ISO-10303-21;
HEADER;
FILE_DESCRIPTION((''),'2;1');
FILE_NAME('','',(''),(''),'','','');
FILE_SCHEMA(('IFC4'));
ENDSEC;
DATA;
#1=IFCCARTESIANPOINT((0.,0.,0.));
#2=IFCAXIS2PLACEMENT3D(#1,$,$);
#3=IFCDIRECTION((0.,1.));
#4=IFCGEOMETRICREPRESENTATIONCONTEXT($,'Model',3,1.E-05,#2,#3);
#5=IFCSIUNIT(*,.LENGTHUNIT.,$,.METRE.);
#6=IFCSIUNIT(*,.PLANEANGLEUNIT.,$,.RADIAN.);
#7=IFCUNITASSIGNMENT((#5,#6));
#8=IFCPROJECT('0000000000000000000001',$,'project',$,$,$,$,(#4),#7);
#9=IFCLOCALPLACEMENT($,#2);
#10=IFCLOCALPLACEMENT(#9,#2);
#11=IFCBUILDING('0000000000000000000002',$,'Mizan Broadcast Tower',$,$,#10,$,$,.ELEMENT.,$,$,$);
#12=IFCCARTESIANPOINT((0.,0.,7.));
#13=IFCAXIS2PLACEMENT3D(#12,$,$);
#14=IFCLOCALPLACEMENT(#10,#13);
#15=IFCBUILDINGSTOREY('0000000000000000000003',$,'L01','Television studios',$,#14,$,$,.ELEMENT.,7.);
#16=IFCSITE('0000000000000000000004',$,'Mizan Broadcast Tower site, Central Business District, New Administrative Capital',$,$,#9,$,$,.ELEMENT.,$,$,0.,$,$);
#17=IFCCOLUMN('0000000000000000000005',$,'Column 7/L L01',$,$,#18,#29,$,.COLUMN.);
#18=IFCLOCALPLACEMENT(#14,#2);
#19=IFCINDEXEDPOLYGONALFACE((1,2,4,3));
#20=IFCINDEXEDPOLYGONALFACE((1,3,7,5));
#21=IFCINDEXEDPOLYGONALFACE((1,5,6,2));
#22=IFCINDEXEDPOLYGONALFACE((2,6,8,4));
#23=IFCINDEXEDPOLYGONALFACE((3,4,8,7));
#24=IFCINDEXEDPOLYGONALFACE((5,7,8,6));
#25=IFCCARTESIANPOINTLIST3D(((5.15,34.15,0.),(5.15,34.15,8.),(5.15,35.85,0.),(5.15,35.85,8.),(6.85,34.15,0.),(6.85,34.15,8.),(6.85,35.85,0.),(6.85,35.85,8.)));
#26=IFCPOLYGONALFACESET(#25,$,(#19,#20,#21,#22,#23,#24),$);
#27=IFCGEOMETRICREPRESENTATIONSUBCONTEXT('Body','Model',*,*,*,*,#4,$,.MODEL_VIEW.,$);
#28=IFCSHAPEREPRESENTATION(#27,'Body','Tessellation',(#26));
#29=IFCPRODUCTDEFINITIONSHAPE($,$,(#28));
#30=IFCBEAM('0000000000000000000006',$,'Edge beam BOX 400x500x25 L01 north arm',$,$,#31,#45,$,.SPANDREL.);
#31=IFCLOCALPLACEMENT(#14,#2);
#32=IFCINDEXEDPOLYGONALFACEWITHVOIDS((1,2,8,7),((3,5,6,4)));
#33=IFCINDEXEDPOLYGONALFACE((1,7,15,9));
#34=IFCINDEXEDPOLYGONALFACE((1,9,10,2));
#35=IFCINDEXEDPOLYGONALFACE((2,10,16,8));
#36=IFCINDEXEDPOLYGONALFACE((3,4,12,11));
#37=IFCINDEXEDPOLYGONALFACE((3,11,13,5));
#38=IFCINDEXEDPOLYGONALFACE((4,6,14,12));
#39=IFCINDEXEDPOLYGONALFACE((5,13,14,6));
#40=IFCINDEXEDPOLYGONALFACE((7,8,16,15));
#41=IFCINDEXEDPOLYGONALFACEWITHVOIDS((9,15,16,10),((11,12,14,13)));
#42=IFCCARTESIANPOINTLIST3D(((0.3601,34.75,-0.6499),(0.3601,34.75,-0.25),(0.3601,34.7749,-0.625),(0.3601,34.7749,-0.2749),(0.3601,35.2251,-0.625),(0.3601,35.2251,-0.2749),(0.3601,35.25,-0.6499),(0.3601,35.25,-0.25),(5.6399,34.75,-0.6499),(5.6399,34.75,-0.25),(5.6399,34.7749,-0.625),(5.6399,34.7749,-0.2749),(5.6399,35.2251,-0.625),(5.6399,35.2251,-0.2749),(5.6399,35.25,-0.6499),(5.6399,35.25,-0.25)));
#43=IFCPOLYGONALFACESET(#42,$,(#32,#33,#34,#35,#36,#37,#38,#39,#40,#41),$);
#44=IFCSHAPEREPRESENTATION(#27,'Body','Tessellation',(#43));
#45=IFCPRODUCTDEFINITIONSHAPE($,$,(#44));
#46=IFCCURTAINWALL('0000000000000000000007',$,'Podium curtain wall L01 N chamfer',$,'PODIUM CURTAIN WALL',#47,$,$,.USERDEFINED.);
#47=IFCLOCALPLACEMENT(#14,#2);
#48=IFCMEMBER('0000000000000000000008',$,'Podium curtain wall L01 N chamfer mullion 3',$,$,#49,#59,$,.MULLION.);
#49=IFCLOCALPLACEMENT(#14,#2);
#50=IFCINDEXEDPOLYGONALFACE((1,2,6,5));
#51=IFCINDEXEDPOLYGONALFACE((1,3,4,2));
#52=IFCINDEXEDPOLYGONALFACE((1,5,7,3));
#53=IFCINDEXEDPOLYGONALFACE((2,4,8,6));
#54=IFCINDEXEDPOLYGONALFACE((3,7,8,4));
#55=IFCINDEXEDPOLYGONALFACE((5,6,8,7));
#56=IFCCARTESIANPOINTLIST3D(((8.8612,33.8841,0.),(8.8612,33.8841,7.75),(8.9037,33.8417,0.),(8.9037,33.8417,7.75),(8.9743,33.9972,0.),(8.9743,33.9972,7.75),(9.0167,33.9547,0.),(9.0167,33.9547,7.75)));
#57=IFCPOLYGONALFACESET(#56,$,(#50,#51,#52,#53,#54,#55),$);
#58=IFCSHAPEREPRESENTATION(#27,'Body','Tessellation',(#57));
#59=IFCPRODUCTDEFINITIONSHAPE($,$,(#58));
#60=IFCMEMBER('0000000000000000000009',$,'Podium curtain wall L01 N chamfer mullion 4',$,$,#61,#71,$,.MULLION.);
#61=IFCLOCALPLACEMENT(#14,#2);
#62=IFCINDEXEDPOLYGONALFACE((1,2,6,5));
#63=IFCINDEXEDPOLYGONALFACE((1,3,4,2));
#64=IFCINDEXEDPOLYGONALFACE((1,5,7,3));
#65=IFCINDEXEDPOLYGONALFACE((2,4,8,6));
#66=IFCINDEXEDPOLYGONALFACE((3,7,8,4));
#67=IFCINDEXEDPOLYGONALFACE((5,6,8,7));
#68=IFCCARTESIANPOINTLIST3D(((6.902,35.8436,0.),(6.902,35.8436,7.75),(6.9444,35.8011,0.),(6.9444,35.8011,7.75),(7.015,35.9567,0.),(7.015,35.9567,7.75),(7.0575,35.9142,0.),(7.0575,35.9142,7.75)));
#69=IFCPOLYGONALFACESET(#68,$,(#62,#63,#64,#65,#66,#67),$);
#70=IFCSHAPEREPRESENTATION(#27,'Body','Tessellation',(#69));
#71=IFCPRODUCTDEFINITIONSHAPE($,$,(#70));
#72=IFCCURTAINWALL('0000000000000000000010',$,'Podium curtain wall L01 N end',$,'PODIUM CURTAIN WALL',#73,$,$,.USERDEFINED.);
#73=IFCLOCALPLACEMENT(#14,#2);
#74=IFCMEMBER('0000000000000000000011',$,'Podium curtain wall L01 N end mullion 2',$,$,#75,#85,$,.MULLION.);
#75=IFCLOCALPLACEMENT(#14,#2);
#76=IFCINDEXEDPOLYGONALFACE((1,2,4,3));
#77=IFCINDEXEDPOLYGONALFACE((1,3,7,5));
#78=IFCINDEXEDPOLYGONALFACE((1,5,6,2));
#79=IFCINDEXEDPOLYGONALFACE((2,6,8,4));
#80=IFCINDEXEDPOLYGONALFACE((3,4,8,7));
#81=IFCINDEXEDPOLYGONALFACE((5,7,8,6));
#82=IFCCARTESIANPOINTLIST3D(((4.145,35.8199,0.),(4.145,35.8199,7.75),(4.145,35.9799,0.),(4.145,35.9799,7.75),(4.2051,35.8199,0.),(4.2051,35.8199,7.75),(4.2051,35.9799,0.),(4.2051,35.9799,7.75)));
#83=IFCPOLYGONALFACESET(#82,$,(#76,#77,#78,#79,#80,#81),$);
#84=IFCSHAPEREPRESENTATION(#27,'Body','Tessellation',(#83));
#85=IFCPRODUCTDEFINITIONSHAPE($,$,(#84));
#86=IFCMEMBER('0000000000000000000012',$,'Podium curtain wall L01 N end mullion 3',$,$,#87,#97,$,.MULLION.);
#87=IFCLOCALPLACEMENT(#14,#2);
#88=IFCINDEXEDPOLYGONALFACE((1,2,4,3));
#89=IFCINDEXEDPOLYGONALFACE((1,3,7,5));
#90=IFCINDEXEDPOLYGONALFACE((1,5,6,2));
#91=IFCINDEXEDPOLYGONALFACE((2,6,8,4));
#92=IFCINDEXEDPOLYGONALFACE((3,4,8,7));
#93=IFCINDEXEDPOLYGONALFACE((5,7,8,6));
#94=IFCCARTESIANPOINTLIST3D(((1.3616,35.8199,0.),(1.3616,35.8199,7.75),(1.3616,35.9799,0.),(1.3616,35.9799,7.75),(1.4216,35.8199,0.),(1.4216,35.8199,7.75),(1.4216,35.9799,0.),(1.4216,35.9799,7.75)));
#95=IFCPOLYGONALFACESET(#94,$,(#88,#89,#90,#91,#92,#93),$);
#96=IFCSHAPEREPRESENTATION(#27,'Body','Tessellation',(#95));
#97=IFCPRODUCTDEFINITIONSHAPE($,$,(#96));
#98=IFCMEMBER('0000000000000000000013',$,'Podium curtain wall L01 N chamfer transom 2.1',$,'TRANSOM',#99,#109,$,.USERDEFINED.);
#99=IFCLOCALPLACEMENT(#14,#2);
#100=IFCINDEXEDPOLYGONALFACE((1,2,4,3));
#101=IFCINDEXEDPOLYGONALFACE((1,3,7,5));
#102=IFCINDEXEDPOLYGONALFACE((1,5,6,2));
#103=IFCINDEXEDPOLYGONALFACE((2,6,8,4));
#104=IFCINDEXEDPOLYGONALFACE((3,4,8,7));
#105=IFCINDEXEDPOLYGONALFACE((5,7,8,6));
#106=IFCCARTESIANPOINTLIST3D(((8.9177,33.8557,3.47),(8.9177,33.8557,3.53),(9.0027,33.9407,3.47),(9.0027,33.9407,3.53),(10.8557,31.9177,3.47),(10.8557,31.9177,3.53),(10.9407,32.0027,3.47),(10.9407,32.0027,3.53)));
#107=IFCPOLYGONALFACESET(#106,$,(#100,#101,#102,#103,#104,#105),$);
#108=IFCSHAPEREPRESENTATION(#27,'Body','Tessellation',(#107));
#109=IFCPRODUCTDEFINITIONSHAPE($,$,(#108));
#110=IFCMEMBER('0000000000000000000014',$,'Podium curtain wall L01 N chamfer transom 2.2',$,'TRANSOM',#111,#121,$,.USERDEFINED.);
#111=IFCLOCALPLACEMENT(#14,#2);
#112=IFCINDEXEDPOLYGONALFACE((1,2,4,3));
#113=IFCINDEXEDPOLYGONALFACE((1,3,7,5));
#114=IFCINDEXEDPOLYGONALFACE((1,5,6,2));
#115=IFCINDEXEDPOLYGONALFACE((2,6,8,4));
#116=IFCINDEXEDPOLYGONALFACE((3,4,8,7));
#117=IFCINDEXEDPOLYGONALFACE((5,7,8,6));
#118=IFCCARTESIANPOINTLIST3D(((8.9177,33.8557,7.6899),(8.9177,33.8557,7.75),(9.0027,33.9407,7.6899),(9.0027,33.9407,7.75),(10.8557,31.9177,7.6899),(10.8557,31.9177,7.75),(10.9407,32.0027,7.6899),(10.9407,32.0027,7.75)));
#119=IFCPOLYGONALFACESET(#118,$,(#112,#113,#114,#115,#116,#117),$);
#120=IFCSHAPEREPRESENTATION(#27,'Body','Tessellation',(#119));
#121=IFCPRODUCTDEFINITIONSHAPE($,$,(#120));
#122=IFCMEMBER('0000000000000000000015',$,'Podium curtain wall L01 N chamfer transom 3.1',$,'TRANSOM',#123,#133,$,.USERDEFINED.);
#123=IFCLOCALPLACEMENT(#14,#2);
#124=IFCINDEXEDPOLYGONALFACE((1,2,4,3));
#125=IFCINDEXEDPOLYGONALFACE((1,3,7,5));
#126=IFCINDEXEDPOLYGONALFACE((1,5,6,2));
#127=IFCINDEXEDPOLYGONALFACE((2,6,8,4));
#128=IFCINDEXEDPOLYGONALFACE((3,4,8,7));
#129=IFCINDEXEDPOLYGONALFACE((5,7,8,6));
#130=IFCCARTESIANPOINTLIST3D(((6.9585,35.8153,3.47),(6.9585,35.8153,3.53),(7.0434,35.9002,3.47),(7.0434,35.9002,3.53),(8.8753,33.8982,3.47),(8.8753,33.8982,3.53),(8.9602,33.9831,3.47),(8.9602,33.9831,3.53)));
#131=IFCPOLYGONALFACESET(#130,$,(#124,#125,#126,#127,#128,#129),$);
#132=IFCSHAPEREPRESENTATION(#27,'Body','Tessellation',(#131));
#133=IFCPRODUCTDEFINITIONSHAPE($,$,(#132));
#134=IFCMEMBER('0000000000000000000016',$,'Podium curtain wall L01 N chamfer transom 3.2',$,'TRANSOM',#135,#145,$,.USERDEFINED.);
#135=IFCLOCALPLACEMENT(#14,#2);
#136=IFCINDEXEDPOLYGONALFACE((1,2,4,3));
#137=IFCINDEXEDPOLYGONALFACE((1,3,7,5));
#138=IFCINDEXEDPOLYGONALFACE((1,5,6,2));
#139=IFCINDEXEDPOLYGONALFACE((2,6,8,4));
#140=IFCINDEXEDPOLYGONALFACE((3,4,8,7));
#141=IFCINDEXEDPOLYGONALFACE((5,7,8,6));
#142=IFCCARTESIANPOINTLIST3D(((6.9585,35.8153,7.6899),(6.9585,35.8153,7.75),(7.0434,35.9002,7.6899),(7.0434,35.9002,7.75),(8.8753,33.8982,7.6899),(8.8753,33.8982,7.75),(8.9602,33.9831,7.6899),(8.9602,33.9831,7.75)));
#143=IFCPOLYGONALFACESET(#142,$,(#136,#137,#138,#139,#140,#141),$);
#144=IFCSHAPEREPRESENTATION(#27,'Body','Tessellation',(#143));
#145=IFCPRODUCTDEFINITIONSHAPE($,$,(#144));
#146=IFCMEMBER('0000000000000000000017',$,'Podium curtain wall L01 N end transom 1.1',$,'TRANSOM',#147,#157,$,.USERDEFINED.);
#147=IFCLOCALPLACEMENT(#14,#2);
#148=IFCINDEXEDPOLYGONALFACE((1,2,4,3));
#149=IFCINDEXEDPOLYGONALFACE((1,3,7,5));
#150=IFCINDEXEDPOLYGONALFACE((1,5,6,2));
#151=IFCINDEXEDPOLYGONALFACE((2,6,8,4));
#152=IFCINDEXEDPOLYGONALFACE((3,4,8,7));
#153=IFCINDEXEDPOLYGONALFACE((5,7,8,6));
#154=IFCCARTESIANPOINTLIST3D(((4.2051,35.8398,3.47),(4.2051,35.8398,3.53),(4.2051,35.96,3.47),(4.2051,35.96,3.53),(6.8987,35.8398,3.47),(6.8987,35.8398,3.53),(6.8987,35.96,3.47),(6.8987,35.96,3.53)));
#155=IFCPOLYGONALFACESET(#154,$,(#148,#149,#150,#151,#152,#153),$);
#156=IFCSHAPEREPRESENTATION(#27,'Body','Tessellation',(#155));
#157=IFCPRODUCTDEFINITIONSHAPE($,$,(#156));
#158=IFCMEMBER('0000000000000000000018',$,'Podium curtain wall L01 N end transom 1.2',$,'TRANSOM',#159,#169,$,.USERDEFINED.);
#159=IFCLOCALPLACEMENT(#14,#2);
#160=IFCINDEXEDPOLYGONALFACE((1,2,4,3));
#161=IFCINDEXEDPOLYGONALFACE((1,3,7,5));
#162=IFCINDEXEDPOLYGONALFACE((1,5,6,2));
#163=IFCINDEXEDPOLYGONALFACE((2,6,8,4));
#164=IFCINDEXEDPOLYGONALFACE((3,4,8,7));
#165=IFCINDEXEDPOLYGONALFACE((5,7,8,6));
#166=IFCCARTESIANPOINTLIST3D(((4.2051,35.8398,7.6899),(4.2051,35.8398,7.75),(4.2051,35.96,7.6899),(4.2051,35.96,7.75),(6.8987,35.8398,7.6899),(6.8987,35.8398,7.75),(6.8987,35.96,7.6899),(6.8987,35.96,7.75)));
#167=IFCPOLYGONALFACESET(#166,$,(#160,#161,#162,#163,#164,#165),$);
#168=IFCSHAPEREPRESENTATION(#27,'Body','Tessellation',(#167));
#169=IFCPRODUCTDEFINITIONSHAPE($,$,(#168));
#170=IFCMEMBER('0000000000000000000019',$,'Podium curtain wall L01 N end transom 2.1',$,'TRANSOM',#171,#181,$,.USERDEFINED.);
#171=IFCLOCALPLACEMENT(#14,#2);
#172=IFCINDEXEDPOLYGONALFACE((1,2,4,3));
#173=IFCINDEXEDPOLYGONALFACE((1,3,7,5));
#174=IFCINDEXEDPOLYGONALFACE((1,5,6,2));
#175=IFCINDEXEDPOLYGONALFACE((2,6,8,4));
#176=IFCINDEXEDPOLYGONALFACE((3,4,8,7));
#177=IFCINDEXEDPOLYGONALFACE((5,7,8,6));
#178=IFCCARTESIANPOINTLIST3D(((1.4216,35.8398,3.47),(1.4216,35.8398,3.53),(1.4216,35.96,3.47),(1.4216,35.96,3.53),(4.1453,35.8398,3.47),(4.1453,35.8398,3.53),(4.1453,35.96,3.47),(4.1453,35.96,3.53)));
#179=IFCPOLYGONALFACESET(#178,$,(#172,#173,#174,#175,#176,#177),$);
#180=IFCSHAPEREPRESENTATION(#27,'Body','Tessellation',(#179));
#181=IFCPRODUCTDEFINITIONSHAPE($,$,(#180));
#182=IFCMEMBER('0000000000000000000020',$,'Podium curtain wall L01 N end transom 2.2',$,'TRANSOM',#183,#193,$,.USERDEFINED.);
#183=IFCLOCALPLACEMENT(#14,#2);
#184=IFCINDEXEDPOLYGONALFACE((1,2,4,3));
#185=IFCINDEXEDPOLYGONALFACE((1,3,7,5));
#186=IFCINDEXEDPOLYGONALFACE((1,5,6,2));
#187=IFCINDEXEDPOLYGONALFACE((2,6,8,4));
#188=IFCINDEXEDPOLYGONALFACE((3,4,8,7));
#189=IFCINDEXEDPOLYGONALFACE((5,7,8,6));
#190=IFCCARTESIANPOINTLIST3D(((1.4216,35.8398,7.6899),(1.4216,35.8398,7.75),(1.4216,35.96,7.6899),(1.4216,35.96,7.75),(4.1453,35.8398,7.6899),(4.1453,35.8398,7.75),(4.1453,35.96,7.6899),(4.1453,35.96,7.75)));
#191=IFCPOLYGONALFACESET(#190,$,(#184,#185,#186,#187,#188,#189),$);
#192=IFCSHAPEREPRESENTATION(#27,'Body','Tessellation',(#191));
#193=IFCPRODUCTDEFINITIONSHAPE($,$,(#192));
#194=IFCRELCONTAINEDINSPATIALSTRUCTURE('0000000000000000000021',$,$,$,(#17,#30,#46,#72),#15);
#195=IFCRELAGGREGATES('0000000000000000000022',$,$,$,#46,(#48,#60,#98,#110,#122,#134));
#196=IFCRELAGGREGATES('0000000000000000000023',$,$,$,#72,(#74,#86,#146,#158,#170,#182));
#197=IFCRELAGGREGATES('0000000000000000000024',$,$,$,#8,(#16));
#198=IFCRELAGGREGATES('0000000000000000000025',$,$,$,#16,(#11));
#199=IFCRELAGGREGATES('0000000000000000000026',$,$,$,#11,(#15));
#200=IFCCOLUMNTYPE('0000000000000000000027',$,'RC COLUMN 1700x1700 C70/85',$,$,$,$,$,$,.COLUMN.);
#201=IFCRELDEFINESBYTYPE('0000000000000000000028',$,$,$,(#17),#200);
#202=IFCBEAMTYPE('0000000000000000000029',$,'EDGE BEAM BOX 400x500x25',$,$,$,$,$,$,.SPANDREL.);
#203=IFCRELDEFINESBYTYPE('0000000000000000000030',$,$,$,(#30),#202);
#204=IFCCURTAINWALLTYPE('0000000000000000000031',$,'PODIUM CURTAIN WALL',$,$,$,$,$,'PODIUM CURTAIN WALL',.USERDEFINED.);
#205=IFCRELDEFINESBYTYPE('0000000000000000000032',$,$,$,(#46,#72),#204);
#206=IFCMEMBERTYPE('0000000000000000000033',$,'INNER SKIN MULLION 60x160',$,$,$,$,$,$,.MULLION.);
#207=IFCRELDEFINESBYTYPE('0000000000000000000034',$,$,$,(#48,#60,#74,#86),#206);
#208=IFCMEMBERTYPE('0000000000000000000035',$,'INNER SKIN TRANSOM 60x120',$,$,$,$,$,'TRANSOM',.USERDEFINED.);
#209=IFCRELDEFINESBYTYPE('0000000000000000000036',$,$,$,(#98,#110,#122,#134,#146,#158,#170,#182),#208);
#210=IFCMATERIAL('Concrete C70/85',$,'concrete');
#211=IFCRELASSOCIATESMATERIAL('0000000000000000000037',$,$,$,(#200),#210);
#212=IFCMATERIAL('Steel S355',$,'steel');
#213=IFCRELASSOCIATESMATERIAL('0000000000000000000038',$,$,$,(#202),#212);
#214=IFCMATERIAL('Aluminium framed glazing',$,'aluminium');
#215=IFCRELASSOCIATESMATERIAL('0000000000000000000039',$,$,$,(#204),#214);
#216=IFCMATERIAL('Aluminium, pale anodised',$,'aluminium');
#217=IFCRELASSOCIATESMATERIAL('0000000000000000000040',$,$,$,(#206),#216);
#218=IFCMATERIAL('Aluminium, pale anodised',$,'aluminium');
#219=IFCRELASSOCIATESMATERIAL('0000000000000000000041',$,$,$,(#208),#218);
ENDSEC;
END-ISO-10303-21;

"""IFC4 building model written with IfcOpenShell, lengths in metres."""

from ifc_helpers import new_model, si_unit, direction, frame, origin, origin_2d, place, context, subcontext, project, spatial, rectangle, hollow_rectangle, extrude, material, material_profile, profile_set, type_object, element, aggregate, save


model = new_model("IFC4")

# Units and contexts
model_context = context("Model", 3, precision=1e-05, world=origin(), true_north=direction((0.0, 1.0)))
body_context = subcontext(model_context, "Body", "Model", "MODEL_VIEW")
ifc_project = project(units=[si_unit("LENGTHUNIT", "METRE"), si_unit("PLANEANGLEUNIT", "RADIAN")], contexts=[model_context])

# Site, building, storey
site_placement = place(None, origin())
site = spatial("IfcSite", under=ifc_project, at=site_placement, Name="Mizan Broadcast Tower site, Central Business District, New Administrative Capital", CompositionType="ELEMENT", RefElevation=0.0)
building_placement = place(site_placement, origin())
building = spatial("IfcBuilding", under=site, at=building_placement, Name="Mizan Broadcast Tower", CompositionType="ELEMENT")
storey_placement = place(building_placement, frame((0.0, 0.0, 7.0)))
storey = spatial("IfcBuildingStorey", under=building, at=storey_placement, Name="L01", Description="Television studios", CompositionType="ELEMENT", Elevation=7.0)

# Column
ifc_material_1 = material(Name="Concrete C70/85", Category="concrete")
ifc_material_profile_1 = material_profile(ifc_material_1, rectangle(XDim=1.7, YDim=1.7, at=origin_2d()), Name="RC 1700x1700")
ifc_profile_set_1 = profile_set([ifc_material_profile_1], Name="Concrete C70/85")
column_type = type_object("IfcColumnType", Name="RC COLUMN 1700x1700 C70/85", PredefinedType="COLUMN", material=ifc_profile_set_1)
column_placement = place(storey_placement, frame((6.0, 35.0, 0.0), z_axis=(0.0, 0.0, 1.0), x_axis=(1.0, 0.0, 0.0)))
element("IfcColumn", 1, at=column_placement, inside=storey, type_object=column_type, Name="Column 7/L L01", PredefinedType="COLUMN", context=body_context, shape_type="SweptSolid", body=[
    extrude(rectangle(XDim=1.7, YDim=1.7, at=origin_2d()), origin(), (0.0, 0.0, 1.0), 8.0),
])

# Beam
ifc_material_2 = material(Name="Steel S355", Category="steel")
ifc_material_profile_2 = material_profile(ifc_material_2, hollow_rectangle(XDim=0.5, YDim=0.3999, WallThickness=0.0249, at=origin_2d()), Name="BOX 400x500x25")
ifc_profile_set_2 = profile_set([ifc_material_profile_2], Name="Steel S355")
beam_type = type_object("IfcBeamType", Name="EDGE BEAM BOX 400x500x25", PredefinedType="SPANDREL", material=ifc_profile_set_2)
beam_placement = place(storey_placement, frame((5.6399, 35.0, -0.45), z_axis=(-1.0, 0.0, 0.0), x_axis=(0.0, -1.0, 0.0)))
element("IfcBeam", 2, at=beam_placement, inside=storey, type_object=beam_type, Name="Edge beam BOX 400x500x25 L01 north arm", PredefinedType="SPANDREL", context=body_context, shape_type="SweptSolid", body=[
    extrude(hollow_rectangle(XDim=0.5, YDim=0.3999, WallThickness=0.0249, at=origin_2d()), origin(), (0.0, 0.0, 1.0), 5.2798),
])

# Curtain walls, members
ifc_material_3 = material(Name="Aluminium framed glazing", Category="aluminium")
curtain_wall_type_1 = type_object("IfcCurtainWallType", Name="PODIUM CURTAIN WALL", ElementType="PODIUM CURTAIN WALL", PredefinedType="USERDEFINED", material=ifc_material_3)
curtain_wall_1_placement = place(storey_placement, origin())
curtain_wall_1 = element("IfcCurtainWall", 3, at=curtain_wall_1_placement, inside=storey, type_object=curtain_wall_type_1, Name="Podium curtain wall L01 N chamfer", ObjectType="PODIUM CURTAIN WALL", PredefinedType="USERDEFINED")
ifc_material_4 = material(Name="Aluminium, pale anodised", Category="aluminium")
ifc_material_profile_3 = material_profile(ifc_material_4, rectangle(XDim=0.1599, YDim=0.0601, at=origin_2d()), Name="MULLION 160x60")
ifc_profile_set_3 = profile_set([ifc_material_profile_3], Name="Aluminium, pale anodised")
member_type_1 = type_object("IfcMemberType", Name="INNER SKIN MULLION 60x160", PredefinedType="MULLION", material=ifc_profile_set_3)
member_1_placement = place(storey_placement, frame((8.939, 33.9194, 0.0), z_axis=(0.0, 0.0, 1.0), x_axis=(-0.707107, -0.707107, 0.0)))
member_1 = element("IfcMember", 4, at=member_1_placement, type_object=member_type_1, Name="Podium curtain wall L01 N chamfer mullion 3", PredefinedType="MULLION", context=body_context, shape_type="SweptSolid", body=[
    extrude(rectangle(XDim=0.1599, YDim=0.0601, at=origin_2d()), origin(), (0.0, 0.0, 1.0), 7.75),
])
member_2_placement = place(storey_placement, frame((6.9797, 35.8789, 0.0), z_axis=(0.0, 0.0, 1.0), x_axis=(-0.707107, -0.707107, 0.0)))
member_2 = element("IfcMember", 5, at=member_2_placement, type_object=member_type_1, Name="Podium curtain wall L01 N chamfer mullion 4", PredefinedType="MULLION", context=body_context, shape_type="SweptSolid", body=[
    extrude(rectangle(XDim=0.1599, YDim=0.0601, at=origin_2d()), origin(), (0.0, 0.0, 1.0), 7.75),
])
curtain_wall_2_placement = place(storey_placement, origin())
curtain_wall_2 = element("IfcCurtainWall", 6, at=curtain_wall_2_placement, inside=storey, type_object=curtain_wall_type_1, Name="Podium curtain wall L01 N end", ObjectType="PODIUM CURTAIN WALL", PredefinedType="USERDEFINED")
member_3_placement = place(storey_placement, frame((4.175, 35.8999, 0.0), z_axis=(0.0, 0.0, 1.0), x_axis=(0.0, -1.0, 0.0)))
member_3 = element("IfcMember", 7, at=member_3_placement, type_object=member_type_1, Name="Podium curtain wall L01 N end mullion 2", PredefinedType="MULLION", context=body_context, shape_type="SweptSolid", body=[
    extrude(rectangle(XDim=0.1599, YDim=0.0601, at=origin_2d()), origin(), (0.0, 0.0, 1.0), 7.75),
])
member_4_placement = place(storey_placement, frame((1.3916, 35.8999, 0.0), z_axis=(0.0, 0.0, 1.0), x_axis=(0.0, -1.0, 0.0)))
member_4 = element("IfcMember", 8, at=member_4_placement, type_object=member_type_1, Name="Podium curtain wall L01 N end mullion 3", PredefinedType="MULLION", context=body_context, shape_type="SweptSolid", body=[
    extrude(rectangle(XDim=0.1599, YDim=0.0601, at=origin_2d()), origin(), (0.0, 0.0, 1.0), 7.75),
])

# Members
ifc_material_5 = material(Name="Aluminium, pale anodised", Category="aluminium")
ifc_material_profile_4 = material_profile(ifc_material_5, rectangle(XDim=0.1201, YDim=0.0601, at=origin_2d()), Name="TRANSOM 120x60")
ifc_profile_set_4 = profile_set([ifc_material_profile_4], Name="Aluminium, pale anodised")
member_type_2 = type_object("IfcMemberType", Name="INNER SKIN TRANSOM 60x120", ElementType="TRANSOM", PredefinedType="USERDEFINED", material=ifc_profile_set_4)
member_5_placement = place(storey_placement, frame((10.8982, 31.9602, 3.5), z_axis=(-0.707107, 0.707107, 0.0), x_axis=(-0.707107, -0.707107, 0.0)))
member_5 = element("IfcMember", 9, at=member_5_placement, type_object=member_type_2, Name="Podium curtain wall L01 N chamfer transom 2.1", ObjectType="TRANSOM", PredefinedType="USERDEFINED", context=body_context, shape_type="SweptSolid", body=[
    extrude(rectangle(XDim=0.1201, YDim=0.0601, at=origin_2d()), origin(), (0.0, 0.0, 1.0), 2.7407),
])
member_6_placement = place(storey_placement, frame((10.8982, 31.9602, 7.72), z_axis=(-0.707107, 0.707107, 0.0), x_axis=(-0.707107, -0.707107, 0.0)))
member_6 = element("IfcMember", 10, at=member_6_placement, type_object=member_type_2, Name="Podium curtain wall L01 N chamfer transom 2.2", ObjectType="TRANSOM", PredefinedType="USERDEFINED", context=body_context, shape_type="SweptSolid", body=[
    extrude(rectangle(XDim=0.1201, YDim=0.0601, at=origin_2d()), origin(), (0.0, 0.0, 1.0), 2.7407),
])
member_7_placement = place(storey_placement, frame((8.9177, 33.9407, 3.5), z_axis=(-0.707062, 0.707152, 0.0), x_axis=(-0.707152, -0.707062, 0.0)))
member_7 = element("IfcMember", 11, at=member_7_placement, type_object=member_type_2, Name="Podium curtain wall L01 N chamfer transom 3.1", ObjectType="TRANSOM", PredefinedType="USERDEFINED", context=body_context, shape_type="SweptSolid", body=[
    extrude(rectangle(XDim=0.1201, YDim=0.0601, at=origin_2d()), origin(), (0.0, 0.0, 1.0), 2.7109),
])
member_8_placement = place(storey_placement, frame((8.9177, 33.9407, 7.72), z_axis=(-0.707062, 0.707152, 0.0), x_axis=(-0.707152, -0.707062, 0.0)))
member_8 = element("IfcMember", 12, at=member_8_placement, type_object=member_type_2, Name="Podium curtain wall L01 N chamfer transom 3.2", ObjectType="TRANSOM", PredefinedType="USERDEFINED", context=body_context, shape_type="SweptSolid", body=[
    extrude(rectangle(XDim=0.1201, YDim=0.0601, at=origin_2d()), origin(), (0.0, 0.0, 1.0), 2.7109),
])
member_9_placement = place(storey_placement, frame((6.8987, 35.8999, 3.5), z_axis=(-1.0, 0.0, 0.0), x_axis=(0.0, -1.0, 0.0)))
member_9 = element("IfcMember", 13, at=member_9_placement, type_object=member_type_2, Name="Podium curtain wall L01 N end transom 1.1", ObjectType="TRANSOM", PredefinedType="USERDEFINED", context=body_context, shape_type="SweptSolid", body=[
    extrude(rectangle(XDim=0.1201, YDim=0.0601, at=origin_2d()), origin(), (0.0, 0.0, 1.0), 2.6936),
])
member_10_placement = place(storey_placement, frame((6.8987, 35.8999, 7.72), z_axis=(-1.0, 0.0, 0.0), x_axis=(0.0, -1.0, 0.0)))
member_10 = element("IfcMember", 14, at=member_10_placement, type_object=member_type_2, Name="Podium curtain wall L01 N end transom 1.2", ObjectType="TRANSOM", PredefinedType="USERDEFINED", context=body_context, shape_type="SweptSolid", body=[
    extrude(rectangle(XDim=0.1201, YDim=0.0601, at=origin_2d()), origin(), (0.0, 0.0, 1.0), 2.6936),
])
member_11_placement = place(storey_placement, frame((4.1453, 35.8999, 3.5), z_axis=(-1.0, 0.0, 0.0), x_axis=(0.0, -1.0, 0.0)))
member_11 = element("IfcMember", 15, at=member_11_placement, type_object=member_type_2, Name="Podium curtain wall L01 N end transom 2.1", ObjectType="TRANSOM", PredefinedType="USERDEFINED", context=body_context, shape_type="SweptSolid", body=[
    extrude(rectangle(XDim=0.1201, YDim=0.0601, at=origin_2d()), origin(), (0.0, 0.0, 1.0), 2.7236),
])
member_12_placement = place(storey_placement, frame((4.1453, 35.8999, 7.72), z_axis=(-1.0, 0.0, 0.0), x_axis=(0.0, -1.0, 0.0)))
member_12 = element("IfcMember", 16, at=member_12_placement, type_object=member_type_2, Name="Podium curtain wall L01 N end transom 2.2", ObjectType="TRANSOM", PredefinedType="USERDEFINED", context=body_context, shape_type="SweptSolid", body=[
    extrude(rectangle(XDim=0.1201, YDim=0.0601, at=origin_2d()), origin(), (0.0, 0.0, 1.0), 2.7236),
])

aggregate(curtain_wall_1, [member_1, member_2, member_5, member_6, member_7, member_8])
aggregate(curtain_wall_2, [member_3, member_4, member_9, member_10, member_11, member_12])

save(model, "model.ifc")
